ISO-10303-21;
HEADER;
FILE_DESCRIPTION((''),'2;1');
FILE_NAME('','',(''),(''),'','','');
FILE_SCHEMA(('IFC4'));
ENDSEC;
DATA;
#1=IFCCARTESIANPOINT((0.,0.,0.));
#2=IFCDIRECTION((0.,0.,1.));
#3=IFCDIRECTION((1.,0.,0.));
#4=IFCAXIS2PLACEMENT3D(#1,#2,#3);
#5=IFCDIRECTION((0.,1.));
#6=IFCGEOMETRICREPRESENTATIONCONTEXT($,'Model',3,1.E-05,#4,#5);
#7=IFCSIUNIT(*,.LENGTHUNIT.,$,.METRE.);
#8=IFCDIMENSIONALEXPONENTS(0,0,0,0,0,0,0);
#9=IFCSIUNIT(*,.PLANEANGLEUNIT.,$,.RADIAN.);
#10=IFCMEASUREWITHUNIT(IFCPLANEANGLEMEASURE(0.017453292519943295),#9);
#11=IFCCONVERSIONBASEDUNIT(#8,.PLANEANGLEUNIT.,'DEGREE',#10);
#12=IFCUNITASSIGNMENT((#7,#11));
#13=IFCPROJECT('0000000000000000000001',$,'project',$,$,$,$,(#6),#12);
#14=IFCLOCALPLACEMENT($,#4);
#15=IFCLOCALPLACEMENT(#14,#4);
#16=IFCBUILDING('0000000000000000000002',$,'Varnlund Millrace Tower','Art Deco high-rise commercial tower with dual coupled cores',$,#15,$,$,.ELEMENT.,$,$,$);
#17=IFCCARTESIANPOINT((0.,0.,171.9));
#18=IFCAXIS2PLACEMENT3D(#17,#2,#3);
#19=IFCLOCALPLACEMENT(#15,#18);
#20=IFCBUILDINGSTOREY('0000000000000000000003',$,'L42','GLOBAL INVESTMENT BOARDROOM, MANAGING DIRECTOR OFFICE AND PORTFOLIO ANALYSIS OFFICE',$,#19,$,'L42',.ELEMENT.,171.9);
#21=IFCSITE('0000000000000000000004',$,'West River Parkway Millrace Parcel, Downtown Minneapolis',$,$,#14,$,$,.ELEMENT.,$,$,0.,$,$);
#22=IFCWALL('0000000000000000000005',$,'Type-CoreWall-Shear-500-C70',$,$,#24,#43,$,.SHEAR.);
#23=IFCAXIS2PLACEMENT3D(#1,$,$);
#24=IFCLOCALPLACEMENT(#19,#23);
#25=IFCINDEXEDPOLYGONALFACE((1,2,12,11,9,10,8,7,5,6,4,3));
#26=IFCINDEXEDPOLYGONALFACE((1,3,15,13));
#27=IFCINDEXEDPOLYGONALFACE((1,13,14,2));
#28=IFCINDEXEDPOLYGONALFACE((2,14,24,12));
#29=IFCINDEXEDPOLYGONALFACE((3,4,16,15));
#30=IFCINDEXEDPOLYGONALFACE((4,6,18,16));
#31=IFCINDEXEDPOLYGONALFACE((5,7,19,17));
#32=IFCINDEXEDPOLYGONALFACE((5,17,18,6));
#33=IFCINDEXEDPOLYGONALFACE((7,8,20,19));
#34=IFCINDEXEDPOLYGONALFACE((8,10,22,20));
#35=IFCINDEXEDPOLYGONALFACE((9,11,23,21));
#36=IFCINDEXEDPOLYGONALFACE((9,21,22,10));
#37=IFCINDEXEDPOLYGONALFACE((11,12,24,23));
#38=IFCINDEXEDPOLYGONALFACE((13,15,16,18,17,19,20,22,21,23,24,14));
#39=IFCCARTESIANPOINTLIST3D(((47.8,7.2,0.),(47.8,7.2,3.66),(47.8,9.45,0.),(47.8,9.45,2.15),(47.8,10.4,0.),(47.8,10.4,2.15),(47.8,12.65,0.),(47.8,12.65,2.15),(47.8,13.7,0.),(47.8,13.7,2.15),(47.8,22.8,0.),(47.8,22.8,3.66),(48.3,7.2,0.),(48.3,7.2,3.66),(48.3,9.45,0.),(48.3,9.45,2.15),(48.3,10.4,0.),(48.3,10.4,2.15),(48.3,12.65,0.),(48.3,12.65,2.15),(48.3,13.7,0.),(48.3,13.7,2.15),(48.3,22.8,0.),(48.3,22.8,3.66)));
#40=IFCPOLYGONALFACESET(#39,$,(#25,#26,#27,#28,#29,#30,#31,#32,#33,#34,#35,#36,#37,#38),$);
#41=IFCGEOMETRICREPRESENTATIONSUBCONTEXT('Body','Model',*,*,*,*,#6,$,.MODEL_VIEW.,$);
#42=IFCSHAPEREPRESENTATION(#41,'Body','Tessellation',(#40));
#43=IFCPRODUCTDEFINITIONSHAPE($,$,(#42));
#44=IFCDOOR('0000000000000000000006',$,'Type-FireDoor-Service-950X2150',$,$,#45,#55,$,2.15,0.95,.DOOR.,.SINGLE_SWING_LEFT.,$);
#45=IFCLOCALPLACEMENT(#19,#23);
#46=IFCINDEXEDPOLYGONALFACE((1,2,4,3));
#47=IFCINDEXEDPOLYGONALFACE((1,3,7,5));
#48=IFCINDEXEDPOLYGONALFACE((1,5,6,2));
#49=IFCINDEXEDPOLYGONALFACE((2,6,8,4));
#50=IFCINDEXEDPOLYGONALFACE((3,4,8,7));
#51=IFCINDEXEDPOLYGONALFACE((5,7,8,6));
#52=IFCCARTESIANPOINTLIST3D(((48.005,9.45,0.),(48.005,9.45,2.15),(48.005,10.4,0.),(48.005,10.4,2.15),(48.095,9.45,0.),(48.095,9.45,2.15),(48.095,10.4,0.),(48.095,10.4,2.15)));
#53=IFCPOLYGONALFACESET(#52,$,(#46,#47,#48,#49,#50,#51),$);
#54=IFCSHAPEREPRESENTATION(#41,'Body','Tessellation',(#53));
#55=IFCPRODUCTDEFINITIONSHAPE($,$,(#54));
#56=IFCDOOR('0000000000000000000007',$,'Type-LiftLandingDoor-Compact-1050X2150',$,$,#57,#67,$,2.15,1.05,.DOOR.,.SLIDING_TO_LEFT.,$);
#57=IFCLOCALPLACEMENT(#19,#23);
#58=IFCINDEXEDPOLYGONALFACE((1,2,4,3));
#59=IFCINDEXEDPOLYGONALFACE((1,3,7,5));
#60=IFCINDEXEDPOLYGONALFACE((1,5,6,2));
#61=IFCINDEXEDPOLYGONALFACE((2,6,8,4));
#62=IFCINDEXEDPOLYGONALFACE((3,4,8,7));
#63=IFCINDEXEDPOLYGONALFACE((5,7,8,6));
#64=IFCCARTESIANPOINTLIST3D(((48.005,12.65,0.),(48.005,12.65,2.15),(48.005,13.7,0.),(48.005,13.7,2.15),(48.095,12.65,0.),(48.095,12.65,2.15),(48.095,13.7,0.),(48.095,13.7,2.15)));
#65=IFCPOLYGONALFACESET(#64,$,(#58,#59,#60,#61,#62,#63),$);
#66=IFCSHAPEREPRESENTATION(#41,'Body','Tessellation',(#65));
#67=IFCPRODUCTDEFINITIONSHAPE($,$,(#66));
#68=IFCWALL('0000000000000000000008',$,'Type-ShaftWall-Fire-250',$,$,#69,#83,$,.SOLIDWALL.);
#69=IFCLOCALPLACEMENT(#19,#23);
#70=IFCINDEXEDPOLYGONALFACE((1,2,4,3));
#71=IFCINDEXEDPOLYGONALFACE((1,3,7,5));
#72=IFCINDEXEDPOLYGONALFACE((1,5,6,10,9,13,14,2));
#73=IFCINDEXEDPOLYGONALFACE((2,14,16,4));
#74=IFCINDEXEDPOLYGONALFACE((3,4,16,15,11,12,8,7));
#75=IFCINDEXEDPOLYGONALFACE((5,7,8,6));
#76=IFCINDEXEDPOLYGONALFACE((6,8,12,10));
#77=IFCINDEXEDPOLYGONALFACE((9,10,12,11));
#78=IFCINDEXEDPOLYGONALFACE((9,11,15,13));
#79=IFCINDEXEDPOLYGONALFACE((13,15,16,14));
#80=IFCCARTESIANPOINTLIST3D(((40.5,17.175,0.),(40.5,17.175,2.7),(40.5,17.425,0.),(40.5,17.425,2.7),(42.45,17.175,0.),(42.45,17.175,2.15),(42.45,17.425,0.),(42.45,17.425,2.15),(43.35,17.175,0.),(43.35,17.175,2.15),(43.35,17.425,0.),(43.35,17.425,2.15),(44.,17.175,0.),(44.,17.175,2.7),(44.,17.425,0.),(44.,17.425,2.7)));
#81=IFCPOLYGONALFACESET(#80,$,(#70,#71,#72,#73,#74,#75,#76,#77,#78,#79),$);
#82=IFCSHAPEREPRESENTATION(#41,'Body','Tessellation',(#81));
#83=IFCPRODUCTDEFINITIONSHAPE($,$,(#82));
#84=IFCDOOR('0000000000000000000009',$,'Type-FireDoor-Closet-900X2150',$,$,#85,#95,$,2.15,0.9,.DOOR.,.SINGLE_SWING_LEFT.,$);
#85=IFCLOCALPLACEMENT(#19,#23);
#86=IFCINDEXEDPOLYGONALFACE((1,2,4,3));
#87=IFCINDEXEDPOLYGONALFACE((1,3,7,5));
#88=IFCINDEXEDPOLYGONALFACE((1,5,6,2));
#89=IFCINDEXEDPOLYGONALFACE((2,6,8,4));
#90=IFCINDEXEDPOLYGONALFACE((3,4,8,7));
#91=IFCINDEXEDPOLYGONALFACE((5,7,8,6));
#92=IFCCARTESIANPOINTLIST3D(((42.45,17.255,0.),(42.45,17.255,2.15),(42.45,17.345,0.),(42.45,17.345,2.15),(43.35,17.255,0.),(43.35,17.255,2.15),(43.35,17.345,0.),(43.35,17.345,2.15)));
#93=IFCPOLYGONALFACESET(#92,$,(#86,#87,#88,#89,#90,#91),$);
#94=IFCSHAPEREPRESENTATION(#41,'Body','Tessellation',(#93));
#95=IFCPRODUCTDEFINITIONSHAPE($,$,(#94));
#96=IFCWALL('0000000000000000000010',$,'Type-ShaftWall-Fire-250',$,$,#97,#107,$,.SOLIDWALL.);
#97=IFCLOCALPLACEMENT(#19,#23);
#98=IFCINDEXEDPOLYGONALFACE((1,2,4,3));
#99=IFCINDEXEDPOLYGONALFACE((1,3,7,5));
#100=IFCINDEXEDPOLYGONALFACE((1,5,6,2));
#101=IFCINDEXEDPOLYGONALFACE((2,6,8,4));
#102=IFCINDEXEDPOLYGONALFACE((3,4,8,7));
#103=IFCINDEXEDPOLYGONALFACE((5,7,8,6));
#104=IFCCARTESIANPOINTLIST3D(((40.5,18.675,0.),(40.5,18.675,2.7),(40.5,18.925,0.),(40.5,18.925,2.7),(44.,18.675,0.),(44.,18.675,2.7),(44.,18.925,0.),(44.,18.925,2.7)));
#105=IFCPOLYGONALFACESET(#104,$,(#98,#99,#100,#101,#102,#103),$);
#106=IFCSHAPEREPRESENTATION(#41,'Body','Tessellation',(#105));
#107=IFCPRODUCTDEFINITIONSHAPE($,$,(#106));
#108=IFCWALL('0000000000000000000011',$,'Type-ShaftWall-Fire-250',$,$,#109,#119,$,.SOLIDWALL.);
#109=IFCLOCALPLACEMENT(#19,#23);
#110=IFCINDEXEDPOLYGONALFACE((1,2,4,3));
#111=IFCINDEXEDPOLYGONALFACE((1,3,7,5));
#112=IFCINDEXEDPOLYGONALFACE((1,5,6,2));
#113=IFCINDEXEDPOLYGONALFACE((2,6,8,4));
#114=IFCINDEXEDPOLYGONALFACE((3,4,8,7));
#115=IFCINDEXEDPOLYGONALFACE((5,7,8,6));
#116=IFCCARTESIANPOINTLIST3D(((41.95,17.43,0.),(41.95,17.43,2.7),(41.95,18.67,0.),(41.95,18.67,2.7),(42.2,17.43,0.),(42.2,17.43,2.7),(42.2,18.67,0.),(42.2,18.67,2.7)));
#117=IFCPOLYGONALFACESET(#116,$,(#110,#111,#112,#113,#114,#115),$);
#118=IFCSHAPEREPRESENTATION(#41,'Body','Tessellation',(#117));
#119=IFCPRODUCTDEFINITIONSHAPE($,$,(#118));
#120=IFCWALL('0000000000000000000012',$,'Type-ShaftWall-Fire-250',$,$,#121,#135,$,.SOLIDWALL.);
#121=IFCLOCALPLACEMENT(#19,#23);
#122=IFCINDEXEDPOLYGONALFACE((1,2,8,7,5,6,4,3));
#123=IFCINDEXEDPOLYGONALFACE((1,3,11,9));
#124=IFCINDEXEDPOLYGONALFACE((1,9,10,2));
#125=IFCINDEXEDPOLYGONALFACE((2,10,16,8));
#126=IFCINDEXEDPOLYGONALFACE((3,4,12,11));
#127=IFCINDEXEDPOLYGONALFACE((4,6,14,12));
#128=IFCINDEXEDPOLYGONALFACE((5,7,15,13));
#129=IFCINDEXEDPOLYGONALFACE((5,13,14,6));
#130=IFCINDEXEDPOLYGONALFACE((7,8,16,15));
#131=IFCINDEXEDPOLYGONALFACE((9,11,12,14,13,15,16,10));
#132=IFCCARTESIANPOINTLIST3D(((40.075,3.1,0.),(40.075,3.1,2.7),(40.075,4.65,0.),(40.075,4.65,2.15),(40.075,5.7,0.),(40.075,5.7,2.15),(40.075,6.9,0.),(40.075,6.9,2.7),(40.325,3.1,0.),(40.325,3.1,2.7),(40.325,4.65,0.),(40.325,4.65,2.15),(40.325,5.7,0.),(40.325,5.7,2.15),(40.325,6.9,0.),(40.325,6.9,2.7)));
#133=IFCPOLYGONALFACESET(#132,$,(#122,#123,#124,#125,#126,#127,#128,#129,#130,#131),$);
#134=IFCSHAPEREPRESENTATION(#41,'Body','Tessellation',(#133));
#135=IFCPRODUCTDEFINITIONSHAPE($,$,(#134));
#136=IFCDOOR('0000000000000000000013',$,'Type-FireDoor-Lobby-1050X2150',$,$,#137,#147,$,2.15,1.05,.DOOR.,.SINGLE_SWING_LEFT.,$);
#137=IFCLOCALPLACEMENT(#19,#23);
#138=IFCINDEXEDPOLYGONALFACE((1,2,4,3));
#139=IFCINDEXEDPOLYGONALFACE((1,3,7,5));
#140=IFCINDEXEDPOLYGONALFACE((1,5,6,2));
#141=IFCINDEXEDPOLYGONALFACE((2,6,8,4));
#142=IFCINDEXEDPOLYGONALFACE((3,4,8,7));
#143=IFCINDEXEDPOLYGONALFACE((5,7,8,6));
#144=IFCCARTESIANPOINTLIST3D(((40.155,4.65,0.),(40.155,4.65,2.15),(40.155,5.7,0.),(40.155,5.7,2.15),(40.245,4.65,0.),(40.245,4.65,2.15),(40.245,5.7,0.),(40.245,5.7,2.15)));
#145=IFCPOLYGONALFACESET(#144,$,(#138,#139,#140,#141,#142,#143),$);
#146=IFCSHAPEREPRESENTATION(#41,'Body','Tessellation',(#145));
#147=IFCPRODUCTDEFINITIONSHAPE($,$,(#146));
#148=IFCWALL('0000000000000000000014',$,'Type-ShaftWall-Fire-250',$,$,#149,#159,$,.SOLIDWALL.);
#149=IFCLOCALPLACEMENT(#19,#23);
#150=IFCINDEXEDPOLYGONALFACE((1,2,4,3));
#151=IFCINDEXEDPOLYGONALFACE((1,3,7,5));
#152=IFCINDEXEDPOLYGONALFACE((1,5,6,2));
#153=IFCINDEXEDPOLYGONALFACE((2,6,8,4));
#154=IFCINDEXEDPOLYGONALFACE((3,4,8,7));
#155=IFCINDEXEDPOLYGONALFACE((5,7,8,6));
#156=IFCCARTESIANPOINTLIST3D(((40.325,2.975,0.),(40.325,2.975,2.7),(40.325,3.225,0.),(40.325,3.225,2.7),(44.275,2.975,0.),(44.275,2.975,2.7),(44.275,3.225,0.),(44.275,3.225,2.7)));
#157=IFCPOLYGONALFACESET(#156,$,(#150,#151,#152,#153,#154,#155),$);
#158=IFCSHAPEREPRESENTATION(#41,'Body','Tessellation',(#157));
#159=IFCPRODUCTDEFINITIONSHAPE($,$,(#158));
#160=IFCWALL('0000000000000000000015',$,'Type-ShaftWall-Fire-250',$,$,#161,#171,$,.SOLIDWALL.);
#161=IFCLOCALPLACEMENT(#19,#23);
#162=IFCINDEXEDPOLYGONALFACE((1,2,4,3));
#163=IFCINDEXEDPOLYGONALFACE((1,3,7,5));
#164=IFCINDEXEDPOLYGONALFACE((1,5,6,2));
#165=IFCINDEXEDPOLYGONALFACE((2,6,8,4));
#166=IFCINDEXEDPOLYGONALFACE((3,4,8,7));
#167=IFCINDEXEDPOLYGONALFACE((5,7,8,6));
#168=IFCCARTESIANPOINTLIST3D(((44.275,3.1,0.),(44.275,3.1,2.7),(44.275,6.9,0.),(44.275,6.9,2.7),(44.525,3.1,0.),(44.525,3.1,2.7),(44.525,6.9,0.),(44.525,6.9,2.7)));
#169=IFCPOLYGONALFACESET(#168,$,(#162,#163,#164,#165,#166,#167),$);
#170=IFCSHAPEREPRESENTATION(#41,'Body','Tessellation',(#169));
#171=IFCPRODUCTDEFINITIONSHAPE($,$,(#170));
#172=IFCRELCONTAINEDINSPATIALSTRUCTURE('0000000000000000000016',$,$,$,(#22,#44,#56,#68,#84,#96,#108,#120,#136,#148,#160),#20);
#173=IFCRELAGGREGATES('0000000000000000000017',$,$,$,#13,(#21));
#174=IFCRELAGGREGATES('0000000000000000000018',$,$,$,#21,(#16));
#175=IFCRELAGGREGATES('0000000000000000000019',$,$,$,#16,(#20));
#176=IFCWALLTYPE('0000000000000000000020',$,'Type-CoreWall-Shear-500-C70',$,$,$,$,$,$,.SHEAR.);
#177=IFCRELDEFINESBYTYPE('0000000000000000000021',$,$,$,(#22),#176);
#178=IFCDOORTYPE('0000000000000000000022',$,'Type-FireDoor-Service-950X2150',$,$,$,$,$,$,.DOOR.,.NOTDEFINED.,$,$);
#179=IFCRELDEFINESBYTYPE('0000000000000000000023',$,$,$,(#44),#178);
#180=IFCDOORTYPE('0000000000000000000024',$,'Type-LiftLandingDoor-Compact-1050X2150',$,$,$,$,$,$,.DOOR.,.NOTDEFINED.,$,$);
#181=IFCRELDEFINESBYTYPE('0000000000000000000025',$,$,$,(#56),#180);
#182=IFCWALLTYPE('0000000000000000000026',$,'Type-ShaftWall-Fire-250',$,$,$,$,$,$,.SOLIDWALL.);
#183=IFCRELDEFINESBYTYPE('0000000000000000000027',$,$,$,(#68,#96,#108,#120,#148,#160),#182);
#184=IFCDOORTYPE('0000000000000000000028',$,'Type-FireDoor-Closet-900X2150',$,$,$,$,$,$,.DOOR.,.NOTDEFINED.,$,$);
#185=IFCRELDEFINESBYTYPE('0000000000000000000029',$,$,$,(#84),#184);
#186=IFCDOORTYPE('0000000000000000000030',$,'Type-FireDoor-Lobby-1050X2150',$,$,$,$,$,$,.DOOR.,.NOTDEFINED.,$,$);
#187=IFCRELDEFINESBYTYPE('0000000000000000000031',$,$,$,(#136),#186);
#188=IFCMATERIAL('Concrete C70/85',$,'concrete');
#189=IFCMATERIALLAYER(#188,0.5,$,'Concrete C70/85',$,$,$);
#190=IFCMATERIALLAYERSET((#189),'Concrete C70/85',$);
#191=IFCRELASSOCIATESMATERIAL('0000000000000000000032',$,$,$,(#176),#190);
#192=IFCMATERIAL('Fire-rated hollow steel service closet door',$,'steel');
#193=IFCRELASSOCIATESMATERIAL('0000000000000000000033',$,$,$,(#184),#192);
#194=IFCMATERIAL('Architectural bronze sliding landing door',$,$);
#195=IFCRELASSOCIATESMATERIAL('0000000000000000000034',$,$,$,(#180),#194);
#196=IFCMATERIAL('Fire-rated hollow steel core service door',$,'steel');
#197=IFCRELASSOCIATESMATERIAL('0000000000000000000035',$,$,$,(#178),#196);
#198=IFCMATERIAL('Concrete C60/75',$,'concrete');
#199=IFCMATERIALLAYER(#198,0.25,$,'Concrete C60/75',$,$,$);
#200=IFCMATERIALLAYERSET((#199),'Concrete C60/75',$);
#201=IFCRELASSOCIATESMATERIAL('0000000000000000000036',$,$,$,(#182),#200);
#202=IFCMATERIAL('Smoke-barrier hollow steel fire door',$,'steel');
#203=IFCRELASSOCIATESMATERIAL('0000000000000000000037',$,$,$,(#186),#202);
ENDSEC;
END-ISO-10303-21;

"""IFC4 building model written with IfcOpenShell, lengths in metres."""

from ifc_helpers import new_model, entity, si_unit, converted_unit, direction, frame, origin_with_axes, origin_2d_with_axis, place, context, subcontext, project, spatial, polyline, rectangle, outline, extrude, material, layer, layer_set, type_object, element, fill, save


model = new_model("IFC4")

# Units and contexts
model_context = context("Model", 3, precision=1e-05, world=origin_with_axes(), true_north=direction((0.0, 1.0)))
body_context = subcontext(model_context, "Body", "Model", "MODEL_VIEW")
ifc_project = project(units=[si_unit("LENGTHUNIT", "METRE"), converted_unit("PLANEANGLEUNIT", "DEGREE", entity("IfcPlaneAngleMeasure", 0.017453292519943295), si_unit("PLANEANGLEUNIT", "RADIAN"), dimensions=[0, 0, 0, 0, 0, 0, 0])], contexts=[model_context])

# Site, building, storey
site_placement = place(None, origin_with_axes())
site = spatial("IfcSite", under=ifc_project, at=site_placement, Name="West River Parkway Millrace Parcel, Downtown Minneapolis", CompositionType="ELEMENT", RefElevation=0.0)
building_placement = place(site_placement, origin_with_axes())
building = spatial("IfcBuilding", under=site, at=building_placement, Name="Varnlund Millrace Tower", Description="Art Deco high-rise commercial tower with dual coupled cores", CompositionType="ELEMENT")
storey_placement = place(building_placement, frame((0.0, 0.0, 171.9), z_axis=(0.0, 0.0, 1.0), x_axis=(1.0, 0.0, 0.0)))
storey = spatial("IfcBuildingStorey", under=building, at=storey_placement, Name="L42", Description="GLOBAL INVESTMENT BOARDROOM, MANAGING DIRECTOR OFFICE AND PORTFOLIO ANALYSIS OFFICE", LongName="L42", CompositionType="ELEMENT", Elevation=171.9)

# Shared definitions
ifc_material_1 = material(Name="Concrete C70/85", Category="concrete")

# Shared definitions
ifc_layer_1 = layer(ifc_material_1, 0.5, Name="Concrete C70/85")
ifc_layer_set_1 = layer_set([ifc_layer_1], Name="Concrete C70/85")
wall_type_1 = type_object("IfcWallType", Name="Type-CoreWall-Shear-500-C70", PredefinedType="SHEAR", material=ifc_layer_set_1)
ifc_material_2 = material(Name="Fire-rated hollow steel service closet door", Category="steel")
door_type_1 = type_object("IfcDoorType", Name="Type-FireDoor-Closet-900X2150", OperationType="NOTDEFINED", PredefinedType="DOOR", material=ifc_material_2)
ifc_material_3 = material(Name="Architectural bronze sliding landing door")
door_type_2 = type_object("IfcDoorType", Name="Type-LiftLandingDoor-Compact-1050X2150", OperationType="NOTDEFINED", PredefinedType="DOOR", material=ifc_material_3)

# Wall, openings, doors
wall_1_placement = place(storey_placement, frame((48.05, 7.2, 0.0), z_axis=(0.0, 0.0, 1.0), x_axis=(0.0, 1.0, 0.0)))
wall_1 = element("IfcWall", 1, at=wall_1_placement, inside=storey, type_object=wall_type_1, Name="Type-CoreWall-Shear-500-C70", PredefinedType="SHEAR", context=body_context, shape_type="SweptSolid", body=[
    extrude(outline(polyline([(0.0, -0.25), (15.6, -0.25), (15.6, 0.25), (0.0, 0.25), (0.0, -0.25)])), origin_with_axes(), (0.0, 0.0, 1.0), 3.66),
])
opening_1_placement = place(wall_1_placement, frame((5.975, 0.0, 0.0), z_axis=(0.0, 0.0, 1.0), x_axis=(1.0, 0.0, 0.0)))
opening_1 = element("IfcOpeningElement", 2, at=opening_1_placement, cuts=wall_1, PredefinedType="OPENING", context=body_context, shape_type="SweptSolid", body=[
    extrude(rectangle(XDim=1.05, YDim=0.52, at=origin_2d_with_axis()), origin_with_axes(), (0.0, 0.0, 1.0), 2.15),
])
opening_2_placement = place(wall_1_placement, frame((2.725, 0.0, 0.0), z_axis=(0.0, 0.0, 1.0), x_axis=(1.0, 0.0, 0.0)))
opening_2 = element("IfcOpeningElement", 3, at=opening_2_placement, cuts=wall_1, PredefinedType="OPENING", context=body_context, shape_type="SweptSolid", body=[
    extrude(rectangle(XDim=0.95, YDim=0.52, at=origin_2d_with_axis()), origin_with_axes(), (0.0, 0.0, 1.0), 2.15),
])
ifc_material_4 = material(Name="Fire-rated hollow steel core service door", Category="steel")
door_type_3 = type_object("IfcDoorType", Name="Type-FireDoor-Service-950X2150", OperationType="NOTDEFINED", PredefinedType="DOOR", material=ifc_material_4)
door_1_placement = place(wall_1_placement, frame((2.725, 0.0, 0.0), z_axis=(0.0, 0.0, 1.0), x_axis=(1.0, 0.0, 0.0)))
door_1 = element("IfcDoor", 4, at=door_1_placement, inside=storey, type_object=door_type_3, Name="Type-FireDoor-Service-950X2150", OperationType="SINGLE_SWING_LEFT", OverallHeight=2.15, OverallWidth=0.95, PredefinedType="DOOR", context=body_context, shape_type="SweptSolid", body=[
    extrude(rectangle(XDim=0.95, YDim=0.09, at=origin_2d_with_axis()), origin_with_axes(), (0.0, 0.0, 1.0), 2.15),
])
fill(opening_2, door_1)
door_2_placement = place(wall_1_placement, frame((5.975, 0.0, 0.0), z_axis=(0.0, 0.0, 1.0), x_axis=(1.0, 0.0, 0.0)))
door_2 = element("IfcDoor", 5, at=door_2_placement, inside=storey, type_object=door_type_2, Name="Type-LiftLandingDoor-Compact-1050X2150", OperationType="SLIDING_TO_LEFT", OverallHeight=2.15, OverallWidth=1.05, PredefinedType="DOOR", context=body_context, shape_type="SweptSolid", body=[
    extrude(rectangle(XDim=1.05, YDim=0.09, at=origin_2d_with_axis()), origin_with_axes(), (0.0, 0.0, 1.0), 2.15),
])
fill(opening_1, door_2)

# Wall, opening, door
ifc_material_5 = material(Name="Concrete C60/75", Category="concrete")
ifc_layer_2 = layer(ifc_material_5, 0.25, Name="Concrete C60/75")
ifc_layer_set_2 = layer_set([ifc_layer_2], Name="Concrete C60/75")
wall_type_2 = type_object("IfcWallType", Name="Type-ShaftWall-Fire-250", PredefinedType="SOLIDWALL", material=ifc_layer_set_2)
wall_2_placement = place(storey_placement, frame((40.5, 17.3, 0.0), z_axis=(0.0, 0.0, 1.0), x_axis=(1.0, 0.0, 0.0)))
wall_2 = element("IfcWall", 6, at=wall_2_placement, inside=storey, type_object=wall_type_2, Name="Type-ShaftWall-Fire-250", PredefinedType="SOLIDWALL", context=body_context, shape_type="SweptSolid", body=[
    extrude(outline(polyline([(0.0, -0.125), (3.5, -0.125), (3.5, 0.125), (0.0, 0.125), (0.0, -0.125)])), origin_with_axes(), (0.0, 0.0, 1.0), 2.7),
])
opening_3_placement = place(wall_2_placement, frame((2.4, 0.0, 0.0), z_axis=(0.0, 0.0, 1.0), x_axis=(1.0, 0.0, 0.0)))
opening_3 = element("IfcOpeningElement", 7, at=opening_3_placement, cuts=wall_2, PredefinedType="OPENING", context=body_context, shape_type="SweptSolid", body=[
    extrude(rectangle(XDim=0.9, YDim=0.27, at=origin_2d_with_axis()), origin_with_axes(), (0.0, 0.0, 1.0), 2.15),
])
door_3_placement = place(wall_2_placement, frame((2.4, 0.0, 0.0), z_axis=(0.0, 0.0, 1.0), x_axis=(1.0, 0.0, 0.0)))
door_3 = element("IfcDoor", 8, at=door_3_placement, inside=storey, type_object=door_type_1, Name="Type-FireDoor-Closet-900X2150", OperationType="SINGLE_SWING_LEFT", OverallHeight=2.15, OverallWidth=0.9, PredefinedType="DOOR", context=body_context, shape_type="SweptSolid", body=[
    extrude(rectangle(XDim=0.9, YDim=0.09, at=origin_2d_with_axis()), origin_with_axes(), (0.0, 0.0, 1.0), 2.15),
])
fill(opening_3, door_3)

# Walls
wall_3_placement = place(storey_placement, frame((40.5, 18.8, 0.0), z_axis=(0.0, 0.0, 1.0), x_axis=(1.0, 0.0, 0.0)))
element("IfcWall", 9, at=wall_3_placement, inside=storey, type_object=wall_type_2, Name="Type-ShaftWall-Fire-250", PredefinedType="SOLIDWALL", context=body_context, shape_type="SweptSolid", body=[
    extrude(outline(polyline([(0.0, -0.125), (3.5, -0.125), (3.5, 0.125), (0.0, 0.125), (0.0, -0.125)])), origin_with_axes(), (0.0, 0.0, 1.0), 2.7),
])
wall_4_placement = place(storey_placement, frame((42.075, 17.43, 0.0), z_axis=(0.0, 0.0, 1.0), x_axis=(0.0, 1.0, 0.0)))
element("IfcWall", 10, at=wall_4_placement, inside=storey, type_object=wall_type_2, Name="Type-ShaftWall-Fire-250", PredefinedType="SOLIDWALL", context=body_context, shape_type="SweptSolid", body=[
    extrude(outline(polyline([(0.0, -0.125), (1.24, -0.125), (1.24, 0.125), (0.0, 0.125), (0.0, -0.125)])), origin_with_axes(), (0.0, 0.0, 1.0), 2.7),
])

# Wall, opening, door
wall_5_placement = place(storey_placement, frame((40.2, 3.1, 0.0), z_axis=(0.0, 0.0, 1.0), x_axis=(0.0, 1.0, 0.0)))
wall_5 = element("IfcWall", 11, at=wall_5_placement, inside=storey, type_object=wall_type_2, Name="Type-ShaftWall-Fire-250", PredefinedType="SOLIDWALL", context=body_context, shape_type="SweptSolid", body=[
    extrude(outline(polyline([(0.0, -0.125), (3.8, -0.125), (3.8, 0.125), (0.0, 0.125), (0.0, -0.125)])), origin_with_axes(), (0.0, 0.0, 1.0), 2.7),
])
opening_4_placement = place(wall_5_placement, frame((2.075, 0.0, 0.0), z_axis=(0.0, 0.0, 1.0), x_axis=(1.0, 0.0, 0.0)))
opening_4 = element("IfcOpeningElement", 12, at=opening_4_placement, cuts=wall_5, PredefinedType="OPENING", context=body_context, shape_type="SweptSolid", body=[
    extrude(rectangle(XDim=1.05, YDim=0.27, at=origin_2d_with_axis()), origin_with_axes(), (0.0, 0.0, 1.0), 2.15),
])
ifc_material_6 = material(Name="Smoke-barrier hollow steel fire door", Category="steel")
door_type_4 = type_object("IfcDoorType", Name="Type-FireDoor-Lobby-1050X2150", OperationType="NOTDEFINED", PredefinedType="DOOR", material=ifc_material_6)
door_4_placement = place(wall_5_placement, frame((2.075, 0.0, 0.0), z_axis=(0.0, 0.0, 1.0), x_axis=(1.0, 0.0, 0.0)))
door_4 = element("IfcDoor", 13, at=door_4_placement, inside=storey, type_object=door_type_4, Name="Type-FireDoor-Lobby-1050X2150", OperationType="SINGLE_SWING_LEFT", OverallHeight=2.15, OverallWidth=1.05, PredefinedType="DOOR", context=body_context, shape_type="SweptSolid", body=[
    extrude(rectangle(XDim=1.05, YDim=0.09, at=origin_2d_with_axis()), origin_with_axes(), (0.0, 0.0, 1.0), 2.15),
])
fill(opening_4, door_4)

# Walls
wall_6_placement = place(storey_placement, frame((40.325, 3.1, 0.0), z_axis=(0.0, 0.0, 1.0), x_axis=(1.0, 0.0, 0.0)))
element("IfcWall", 14, at=wall_6_placement, inside=storey, type_object=wall_type_2, Name="Type-ShaftWall-Fire-250", PredefinedType="SOLIDWALL", context=body_context, shape_type="SweptSolid", body=[
    extrude(outline(polyline([(0.0, -0.125), (3.95, -0.125), (3.95, 0.125), (0.0, 0.125), (0.0, -0.125)])), origin_with_axes(), (0.0, 0.0, 1.0), 2.7),
])
wall_7_placement = place(storey_placement, frame((44.4, 3.1, 0.0), z_axis=(0.0, 0.0, 1.0), x_axis=(0.0, 1.0, 0.0)))
element("IfcWall", 15, at=wall_7_placement, inside=storey, type_object=wall_type_2, Name="Type-ShaftWall-Fire-250", PredefinedType="SOLIDWALL", context=body_context, shape_type="SweptSolid", body=[
    extrude(outline(polyline([(0.0, -0.125), (3.8, -0.125), (3.8, 0.125), (0.0, 0.125), (0.0, -0.125)])), origin_with_axes(), (0.0, 0.0, 1.0), 2.7),
])

save(model, "model.ifc")
